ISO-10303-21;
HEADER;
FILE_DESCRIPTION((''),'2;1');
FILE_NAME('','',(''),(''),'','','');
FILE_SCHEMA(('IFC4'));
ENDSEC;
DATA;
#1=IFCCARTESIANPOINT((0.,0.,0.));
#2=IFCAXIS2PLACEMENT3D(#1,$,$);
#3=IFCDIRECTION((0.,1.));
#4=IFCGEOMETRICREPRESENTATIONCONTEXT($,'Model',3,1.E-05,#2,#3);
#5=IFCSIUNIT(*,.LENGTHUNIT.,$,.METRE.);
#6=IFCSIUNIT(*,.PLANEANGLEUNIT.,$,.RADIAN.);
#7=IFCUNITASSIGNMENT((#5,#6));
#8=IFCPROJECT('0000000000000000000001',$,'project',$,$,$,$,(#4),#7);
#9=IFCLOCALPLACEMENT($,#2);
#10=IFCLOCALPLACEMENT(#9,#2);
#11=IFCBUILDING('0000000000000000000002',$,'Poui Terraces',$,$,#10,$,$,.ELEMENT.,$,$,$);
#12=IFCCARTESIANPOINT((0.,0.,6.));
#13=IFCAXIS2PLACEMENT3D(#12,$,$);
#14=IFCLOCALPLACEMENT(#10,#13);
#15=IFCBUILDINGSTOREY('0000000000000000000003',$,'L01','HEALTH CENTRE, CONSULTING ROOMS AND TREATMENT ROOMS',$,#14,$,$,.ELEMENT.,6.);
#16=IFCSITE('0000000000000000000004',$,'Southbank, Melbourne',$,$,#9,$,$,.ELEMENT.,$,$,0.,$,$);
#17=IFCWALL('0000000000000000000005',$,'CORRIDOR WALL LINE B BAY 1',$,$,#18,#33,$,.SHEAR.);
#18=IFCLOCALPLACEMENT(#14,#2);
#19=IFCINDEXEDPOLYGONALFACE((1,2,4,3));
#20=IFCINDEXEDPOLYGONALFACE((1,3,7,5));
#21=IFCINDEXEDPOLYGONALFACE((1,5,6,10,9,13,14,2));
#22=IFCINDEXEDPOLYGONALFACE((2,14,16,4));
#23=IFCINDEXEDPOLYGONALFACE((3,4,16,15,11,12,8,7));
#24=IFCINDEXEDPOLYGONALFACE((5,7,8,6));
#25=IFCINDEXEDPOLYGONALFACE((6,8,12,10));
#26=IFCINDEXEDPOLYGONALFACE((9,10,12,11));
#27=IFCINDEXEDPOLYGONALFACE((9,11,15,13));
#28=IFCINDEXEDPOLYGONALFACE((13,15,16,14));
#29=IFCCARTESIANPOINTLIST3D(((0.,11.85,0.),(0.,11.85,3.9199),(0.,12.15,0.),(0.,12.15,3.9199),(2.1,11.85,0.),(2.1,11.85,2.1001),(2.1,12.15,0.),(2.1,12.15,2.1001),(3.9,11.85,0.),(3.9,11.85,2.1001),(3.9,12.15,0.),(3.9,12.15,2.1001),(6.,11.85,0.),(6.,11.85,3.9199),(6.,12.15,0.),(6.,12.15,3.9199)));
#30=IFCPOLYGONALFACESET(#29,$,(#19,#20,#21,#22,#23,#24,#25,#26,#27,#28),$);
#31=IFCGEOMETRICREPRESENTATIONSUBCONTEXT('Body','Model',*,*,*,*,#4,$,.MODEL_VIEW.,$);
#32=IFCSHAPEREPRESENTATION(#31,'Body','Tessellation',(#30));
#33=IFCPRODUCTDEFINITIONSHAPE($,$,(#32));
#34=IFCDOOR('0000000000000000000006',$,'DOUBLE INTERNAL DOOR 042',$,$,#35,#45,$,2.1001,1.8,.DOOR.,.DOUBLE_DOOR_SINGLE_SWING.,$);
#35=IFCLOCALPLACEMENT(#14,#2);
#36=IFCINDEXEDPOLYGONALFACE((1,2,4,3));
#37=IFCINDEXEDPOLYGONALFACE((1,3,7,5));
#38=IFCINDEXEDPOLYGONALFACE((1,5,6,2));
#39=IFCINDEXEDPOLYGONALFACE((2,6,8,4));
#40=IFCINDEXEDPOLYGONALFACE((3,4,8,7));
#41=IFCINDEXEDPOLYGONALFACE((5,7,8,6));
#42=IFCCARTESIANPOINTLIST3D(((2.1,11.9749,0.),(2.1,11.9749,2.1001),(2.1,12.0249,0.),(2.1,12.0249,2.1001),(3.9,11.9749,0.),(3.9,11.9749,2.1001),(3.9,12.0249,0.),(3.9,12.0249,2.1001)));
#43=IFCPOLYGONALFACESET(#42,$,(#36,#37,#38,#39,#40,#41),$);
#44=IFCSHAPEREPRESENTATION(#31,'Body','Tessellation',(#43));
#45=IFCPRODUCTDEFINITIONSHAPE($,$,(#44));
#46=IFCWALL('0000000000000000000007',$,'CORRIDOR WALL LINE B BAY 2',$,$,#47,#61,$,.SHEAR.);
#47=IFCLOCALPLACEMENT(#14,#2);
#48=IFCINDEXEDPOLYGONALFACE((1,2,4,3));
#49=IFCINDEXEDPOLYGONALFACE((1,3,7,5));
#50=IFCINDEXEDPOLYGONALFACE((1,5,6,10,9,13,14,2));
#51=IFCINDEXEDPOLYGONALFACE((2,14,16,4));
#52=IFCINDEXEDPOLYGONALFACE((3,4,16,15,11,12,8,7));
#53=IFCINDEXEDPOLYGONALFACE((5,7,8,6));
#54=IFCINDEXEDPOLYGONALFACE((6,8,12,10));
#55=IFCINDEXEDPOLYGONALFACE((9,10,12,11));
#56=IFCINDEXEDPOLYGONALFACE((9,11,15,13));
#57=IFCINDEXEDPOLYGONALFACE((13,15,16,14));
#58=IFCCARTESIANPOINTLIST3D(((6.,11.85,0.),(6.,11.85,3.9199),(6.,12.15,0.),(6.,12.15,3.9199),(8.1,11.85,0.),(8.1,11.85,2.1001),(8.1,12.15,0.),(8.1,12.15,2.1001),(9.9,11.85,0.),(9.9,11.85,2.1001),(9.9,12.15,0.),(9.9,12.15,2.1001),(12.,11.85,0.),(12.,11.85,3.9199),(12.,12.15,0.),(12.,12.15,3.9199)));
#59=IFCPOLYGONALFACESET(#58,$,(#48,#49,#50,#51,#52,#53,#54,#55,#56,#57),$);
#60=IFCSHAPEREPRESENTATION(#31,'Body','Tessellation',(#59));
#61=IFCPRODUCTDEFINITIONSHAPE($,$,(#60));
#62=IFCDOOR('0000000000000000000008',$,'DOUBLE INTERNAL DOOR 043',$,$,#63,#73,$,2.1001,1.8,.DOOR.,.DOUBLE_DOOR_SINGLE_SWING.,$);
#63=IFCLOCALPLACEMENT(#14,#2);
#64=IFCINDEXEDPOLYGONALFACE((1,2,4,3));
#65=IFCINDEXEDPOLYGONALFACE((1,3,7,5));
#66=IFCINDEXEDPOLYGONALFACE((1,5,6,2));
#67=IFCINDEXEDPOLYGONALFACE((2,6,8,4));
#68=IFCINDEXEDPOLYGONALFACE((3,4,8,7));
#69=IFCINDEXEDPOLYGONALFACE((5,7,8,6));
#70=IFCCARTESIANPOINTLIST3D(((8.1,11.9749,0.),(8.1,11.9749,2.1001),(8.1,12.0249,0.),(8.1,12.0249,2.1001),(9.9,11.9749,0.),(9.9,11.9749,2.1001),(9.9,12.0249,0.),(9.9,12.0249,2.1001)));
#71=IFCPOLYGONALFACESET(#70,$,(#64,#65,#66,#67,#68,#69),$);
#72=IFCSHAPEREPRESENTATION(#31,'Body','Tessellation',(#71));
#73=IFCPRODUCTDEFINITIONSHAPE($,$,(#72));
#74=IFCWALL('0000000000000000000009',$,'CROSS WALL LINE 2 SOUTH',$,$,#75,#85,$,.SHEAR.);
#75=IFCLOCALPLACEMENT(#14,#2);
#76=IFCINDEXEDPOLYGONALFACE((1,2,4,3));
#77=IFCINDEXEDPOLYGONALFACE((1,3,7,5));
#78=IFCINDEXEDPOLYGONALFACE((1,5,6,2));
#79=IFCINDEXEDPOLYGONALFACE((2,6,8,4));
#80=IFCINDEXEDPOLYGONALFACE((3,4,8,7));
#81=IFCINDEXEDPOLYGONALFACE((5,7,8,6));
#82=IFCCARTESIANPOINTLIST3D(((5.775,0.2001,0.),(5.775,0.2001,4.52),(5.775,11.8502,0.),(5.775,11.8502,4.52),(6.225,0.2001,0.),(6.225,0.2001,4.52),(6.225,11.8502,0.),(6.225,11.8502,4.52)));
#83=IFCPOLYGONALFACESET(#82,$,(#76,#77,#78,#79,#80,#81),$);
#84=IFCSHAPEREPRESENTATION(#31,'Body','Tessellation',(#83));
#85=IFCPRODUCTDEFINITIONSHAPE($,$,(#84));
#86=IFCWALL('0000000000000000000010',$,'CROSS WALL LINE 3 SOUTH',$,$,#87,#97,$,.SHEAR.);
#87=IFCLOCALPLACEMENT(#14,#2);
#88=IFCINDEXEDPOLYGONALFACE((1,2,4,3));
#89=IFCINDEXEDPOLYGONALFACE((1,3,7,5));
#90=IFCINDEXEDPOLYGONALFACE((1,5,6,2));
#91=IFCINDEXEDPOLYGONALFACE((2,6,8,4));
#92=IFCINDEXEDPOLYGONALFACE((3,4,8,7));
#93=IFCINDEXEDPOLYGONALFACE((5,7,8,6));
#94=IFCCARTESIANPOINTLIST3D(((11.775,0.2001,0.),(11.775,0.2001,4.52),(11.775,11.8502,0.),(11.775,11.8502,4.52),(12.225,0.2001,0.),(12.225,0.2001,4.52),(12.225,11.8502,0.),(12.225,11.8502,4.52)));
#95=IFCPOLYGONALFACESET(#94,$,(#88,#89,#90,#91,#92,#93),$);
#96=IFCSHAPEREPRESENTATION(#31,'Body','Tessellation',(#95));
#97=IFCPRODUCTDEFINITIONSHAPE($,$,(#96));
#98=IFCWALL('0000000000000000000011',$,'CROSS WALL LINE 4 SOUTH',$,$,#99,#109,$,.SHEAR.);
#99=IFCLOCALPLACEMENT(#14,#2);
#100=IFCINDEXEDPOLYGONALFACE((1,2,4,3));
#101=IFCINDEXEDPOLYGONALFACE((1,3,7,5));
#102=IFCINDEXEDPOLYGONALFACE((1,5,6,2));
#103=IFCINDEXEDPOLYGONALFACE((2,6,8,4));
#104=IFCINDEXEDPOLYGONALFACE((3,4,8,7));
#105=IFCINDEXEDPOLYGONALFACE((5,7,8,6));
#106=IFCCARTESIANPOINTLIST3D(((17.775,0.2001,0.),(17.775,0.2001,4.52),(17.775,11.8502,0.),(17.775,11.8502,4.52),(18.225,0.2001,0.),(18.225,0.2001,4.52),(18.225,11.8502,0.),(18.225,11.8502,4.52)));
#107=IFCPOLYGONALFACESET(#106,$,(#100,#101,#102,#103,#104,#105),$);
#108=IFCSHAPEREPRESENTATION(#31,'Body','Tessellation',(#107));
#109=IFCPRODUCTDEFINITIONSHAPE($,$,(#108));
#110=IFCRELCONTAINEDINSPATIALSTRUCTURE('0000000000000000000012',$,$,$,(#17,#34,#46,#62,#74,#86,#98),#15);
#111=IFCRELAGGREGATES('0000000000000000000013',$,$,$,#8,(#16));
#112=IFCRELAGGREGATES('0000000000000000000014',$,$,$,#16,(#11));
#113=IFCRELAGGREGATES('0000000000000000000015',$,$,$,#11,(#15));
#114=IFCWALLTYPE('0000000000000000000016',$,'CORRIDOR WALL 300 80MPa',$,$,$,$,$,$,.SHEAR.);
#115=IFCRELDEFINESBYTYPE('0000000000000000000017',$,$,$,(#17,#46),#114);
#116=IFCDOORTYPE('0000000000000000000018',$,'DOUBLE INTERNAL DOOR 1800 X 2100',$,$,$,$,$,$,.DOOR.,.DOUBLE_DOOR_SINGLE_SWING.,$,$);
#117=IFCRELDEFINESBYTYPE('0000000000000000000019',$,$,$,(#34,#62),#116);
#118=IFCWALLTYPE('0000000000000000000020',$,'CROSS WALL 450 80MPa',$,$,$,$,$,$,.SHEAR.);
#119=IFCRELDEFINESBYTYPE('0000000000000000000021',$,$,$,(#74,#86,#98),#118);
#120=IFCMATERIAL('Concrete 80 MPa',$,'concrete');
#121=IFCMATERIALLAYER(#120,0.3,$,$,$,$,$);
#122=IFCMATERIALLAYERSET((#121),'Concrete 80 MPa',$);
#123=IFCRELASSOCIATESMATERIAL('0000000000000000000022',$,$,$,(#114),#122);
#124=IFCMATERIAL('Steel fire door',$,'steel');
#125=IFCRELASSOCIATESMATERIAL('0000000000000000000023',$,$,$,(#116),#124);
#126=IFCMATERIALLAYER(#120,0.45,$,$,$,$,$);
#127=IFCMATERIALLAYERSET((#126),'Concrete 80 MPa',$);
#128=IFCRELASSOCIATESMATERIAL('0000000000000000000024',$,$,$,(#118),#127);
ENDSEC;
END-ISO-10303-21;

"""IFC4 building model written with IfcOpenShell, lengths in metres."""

from ifc_helpers import new_model, si_unit, direction, frame, frame_2d, origin, place, context, subcontext, project, spatial, rectangle, extrude, material, layer, layer_set, type_object, element, fill, save


model = new_model("IFC4")

# Units and contexts
model_context = context("Model", 3, precision=1e-05, world=origin(), true_north=direction((0.0, 1.0)))
body_context = subcontext(model_context, "Body", "Model", "MODEL_VIEW")
ifc_project = project(units=[si_unit("LENGTHUNIT", "METRE"), si_unit("PLANEANGLEUNIT", "RADIAN")], contexts=[model_context])

# Site, building, storey
site_placement = place(None, origin())
site = spatial("IfcSite", under=ifc_project, at=site_placement, Name="Southbank, Melbourne", CompositionType="ELEMENT", RefElevation=0.0)
building_placement = place(site_placement, origin())
building = spatial("IfcBuilding", under=site, at=building_placement, Name="Poui Terraces", CompositionType="ELEMENT")
storey_placement = place(building_placement, frame((0.0, 0.0, 6.0)))
storey = spatial("IfcBuildingStorey", under=building, at=storey_placement, Name="L01", Description="HEALTH CENTRE, CONSULTING ROOMS AND TREATMENT ROOMS", CompositionType="ELEMENT", Elevation=6.0)

# Shared definitions
ifc_material_1 = material(Name="Concrete 80 MPa", Category="concrete")

# Walls, openings, doors
ifc_layer_1 = layer(ifc_material_1, 0.3)
ifc_layer_set_1 = layer_set([ifc_layer_1], Name="Concrete 80 MPa")
wall_type_1 = type_object("IfcWallType", Name="CORRIDOR WALL 300 80MPa", PredefinedType="SHEAR", material=ifc_layer_set_1)
wall_1_placement = place(storey_placement, frame((0.0, 12.0, 0.0), z_axis=(0.0, 0.0, 1.0), x_axis=(1.0, 0.0, 0.0)))
wall_1 = element("IfcWall", 1, at=wall_1_placement, inside=storey, type_object=wall_type_1, Name="CORRIDOR WALL LINE B BAY 1", PredefinedType="SHEAR", context=body_context, shape_type="SweptSolid", body=[
    extrude(rectangle(XDim=6.0, YDim=0.3, at=frame_2d((3.0, 0.0))), origin(), (0.0, 0.0, 1.0), 3.9199),
])
opening_1_placement = place(wall_1_placement, frame((2.1001, 0.0, 0.0)))
opening_1 = element("IfcOpeningElement", 2, at=opening_1_placement, cuts=wall_1, PredefinedType="OPENING", context=body_context, shape_type="SweptSolid", body=[
    extrude(rectangle(XDim=1.8, YDim=2.1001, at=frame_2d((0.8999, 1.05))), frame((0.0, 0.1602, 0.0), z_axis=(0.0, -1.0, 0.0), x_axis=(1.0, 0.0, 0.0)), (0.0, 0.0, 1.0), 0.3201),
])
ifc_material_2 = material(Name="Steel fire door", Category="steel")
door_type = type_object("IfcDoorType", Name="DOUBLE INTERNAL DOOR 1800 X 2100", OperationType="DOUBLE_DOOR_SINGLE_SWING", PredefinedType="DOOR", material=ifc_material_2)
door_1_placement = place(opening_1_placement, origin())
door_1 = element("IfcDoor", 3, at=door_1_placement, inside=storey, type_object=door_type, Name="DOUBLE INTERNAL DOOR 042", OperationType="DOUBLE_DOOR_SINGLE_SWING", OverallHeight=2.1001, OverallWidth=1.8, PredefinedType="DOOR", context=body_context, shape_type="SweptSolid", body=[
    extrude(rectangle(XDim=1.8, YDim=2.1001, at=frame_2d((0.8999, 1.05))), frame((0.0, 0.0249, 0.0), z_axis=(0.0, -1.0, 0.0), x_axis=(1.0, 0.0, 0.0)), (0.0, 0.0, 1.0), 0.05),
])
fill(opening_1, door_1)
wall_2_placement = place(storey_placement, frame((6.0, 12.0, 0.0), z_axis=(0.0, 0.0, 1.0), x_axis=(1.0, 0.0, 0.0)))
wall_2 = element("IfcWall", 4, at=wall_2_placement, inside=storey, type_object=wall_type_1, Name="CORRIDOR WALL LINE B BAY 2", PredefinedType="SHEAR", context=body_context, shape_type="SweptSolid", body=[
    extrude(rectangle(XDim=6.0, YDim=0.3, at=frame_2d((3.0, 0.0))), origin(), (0.0, 0.0, 1.0), 3.9199),
])
opening_2_placement = place(wall_2_placement, frame((2.1001, 0.0, 0.0)))
opening_2 = element("IfcOpeningElement", 5, at=opening_2_placement, cuts=wall_2, PredefinedType="OPENING", context=body_context, shape_type="SweptSolid", body=[
    extrude(rectangle(XDim=1.8, YDim=2.1001, at=frame_2d((0.8999, 1.05))), frame((0.0, 0.1602, 0.0), z_axis=(0.0, -1.0, 0.0), x_axis=(1.0, 0.0, 0.0)), (0.0, 0.0, 1.0), 0.3201),
])
door_2_placement = place(opening_2_placement, origin())
door_2 = element("IfcDoor", 6, at=door_2_placement, inside=storey, type_object=door_type, Name="DOUBLE INTERNAL DOOR 043", OperationType="DOUBLE_DOOR_SINGLE_SWING", OverallHeight=2.1001, OverallWidth=1.8, PredefinedType="DOOR", context=body_context, shape_type="SweptSolid", body=[
    extrude(rectangle(XDim=1.8, YDim=2.1001, at=frame_2d((0.8999, 1.05))), frame((0.0, 0.0249, 0.0), z_axis=(0.0, -1.0, 0.0), x_axis=(1.0, 0.0, 0.0)), (0.0, 0.0, 1.0), 0.05),
])
fill(opening_2, door_2)

# Walls
ifc_layer_2 = layer(ifc_material_1, 0.45)
ifc_layer_set_2 = layer_set([ifc_layer_2], Name="Concrete 80 MPa")
wall_type_2 = type_object("IfcWallType", Name="CROSS WALL 450 80MPa", PredefinedType="SHEAR", material=ifc_layer_set_2)
for number, where, z_axis, x_axis, name in (
    (7, (6.0, 0.2, 0.0), (0.0, 0.0, 1.0), (0.0, 1.0, 0.0), "CROSS WALL LINE 2 SOUTH"),
    (8, (12.0, 0.2, 0.0), (0.0, 0.0, 1.0), (0.0, 1.0, 0.0), "CROSS WALL LINE 3 SOUTH"),
    (9, (18.0, 0.2, 0.0), (0.0, 0.0, 1.0), (0.0, 1.0, 0.0), "CROSS WALL LINE 4 SOUTH"),
):
    element("IfcWall", number, at=place(storey_placement, frame(where, z_axis=z_axis, x_axis=x_axis)), inside=storey, type_object=wall_type_2, Name=name, PredefinedType="SHEAR", context=body_context, shape_type="SweptSolid", body=[
        extrude(rectangle(XDim=11.6501, YDim=0.45, at=frame_2d((5.8252, 0.0))), origin(), (0.0, 0.0, 1.0), 4.52),
    ])

save(model, "model.ifc")
